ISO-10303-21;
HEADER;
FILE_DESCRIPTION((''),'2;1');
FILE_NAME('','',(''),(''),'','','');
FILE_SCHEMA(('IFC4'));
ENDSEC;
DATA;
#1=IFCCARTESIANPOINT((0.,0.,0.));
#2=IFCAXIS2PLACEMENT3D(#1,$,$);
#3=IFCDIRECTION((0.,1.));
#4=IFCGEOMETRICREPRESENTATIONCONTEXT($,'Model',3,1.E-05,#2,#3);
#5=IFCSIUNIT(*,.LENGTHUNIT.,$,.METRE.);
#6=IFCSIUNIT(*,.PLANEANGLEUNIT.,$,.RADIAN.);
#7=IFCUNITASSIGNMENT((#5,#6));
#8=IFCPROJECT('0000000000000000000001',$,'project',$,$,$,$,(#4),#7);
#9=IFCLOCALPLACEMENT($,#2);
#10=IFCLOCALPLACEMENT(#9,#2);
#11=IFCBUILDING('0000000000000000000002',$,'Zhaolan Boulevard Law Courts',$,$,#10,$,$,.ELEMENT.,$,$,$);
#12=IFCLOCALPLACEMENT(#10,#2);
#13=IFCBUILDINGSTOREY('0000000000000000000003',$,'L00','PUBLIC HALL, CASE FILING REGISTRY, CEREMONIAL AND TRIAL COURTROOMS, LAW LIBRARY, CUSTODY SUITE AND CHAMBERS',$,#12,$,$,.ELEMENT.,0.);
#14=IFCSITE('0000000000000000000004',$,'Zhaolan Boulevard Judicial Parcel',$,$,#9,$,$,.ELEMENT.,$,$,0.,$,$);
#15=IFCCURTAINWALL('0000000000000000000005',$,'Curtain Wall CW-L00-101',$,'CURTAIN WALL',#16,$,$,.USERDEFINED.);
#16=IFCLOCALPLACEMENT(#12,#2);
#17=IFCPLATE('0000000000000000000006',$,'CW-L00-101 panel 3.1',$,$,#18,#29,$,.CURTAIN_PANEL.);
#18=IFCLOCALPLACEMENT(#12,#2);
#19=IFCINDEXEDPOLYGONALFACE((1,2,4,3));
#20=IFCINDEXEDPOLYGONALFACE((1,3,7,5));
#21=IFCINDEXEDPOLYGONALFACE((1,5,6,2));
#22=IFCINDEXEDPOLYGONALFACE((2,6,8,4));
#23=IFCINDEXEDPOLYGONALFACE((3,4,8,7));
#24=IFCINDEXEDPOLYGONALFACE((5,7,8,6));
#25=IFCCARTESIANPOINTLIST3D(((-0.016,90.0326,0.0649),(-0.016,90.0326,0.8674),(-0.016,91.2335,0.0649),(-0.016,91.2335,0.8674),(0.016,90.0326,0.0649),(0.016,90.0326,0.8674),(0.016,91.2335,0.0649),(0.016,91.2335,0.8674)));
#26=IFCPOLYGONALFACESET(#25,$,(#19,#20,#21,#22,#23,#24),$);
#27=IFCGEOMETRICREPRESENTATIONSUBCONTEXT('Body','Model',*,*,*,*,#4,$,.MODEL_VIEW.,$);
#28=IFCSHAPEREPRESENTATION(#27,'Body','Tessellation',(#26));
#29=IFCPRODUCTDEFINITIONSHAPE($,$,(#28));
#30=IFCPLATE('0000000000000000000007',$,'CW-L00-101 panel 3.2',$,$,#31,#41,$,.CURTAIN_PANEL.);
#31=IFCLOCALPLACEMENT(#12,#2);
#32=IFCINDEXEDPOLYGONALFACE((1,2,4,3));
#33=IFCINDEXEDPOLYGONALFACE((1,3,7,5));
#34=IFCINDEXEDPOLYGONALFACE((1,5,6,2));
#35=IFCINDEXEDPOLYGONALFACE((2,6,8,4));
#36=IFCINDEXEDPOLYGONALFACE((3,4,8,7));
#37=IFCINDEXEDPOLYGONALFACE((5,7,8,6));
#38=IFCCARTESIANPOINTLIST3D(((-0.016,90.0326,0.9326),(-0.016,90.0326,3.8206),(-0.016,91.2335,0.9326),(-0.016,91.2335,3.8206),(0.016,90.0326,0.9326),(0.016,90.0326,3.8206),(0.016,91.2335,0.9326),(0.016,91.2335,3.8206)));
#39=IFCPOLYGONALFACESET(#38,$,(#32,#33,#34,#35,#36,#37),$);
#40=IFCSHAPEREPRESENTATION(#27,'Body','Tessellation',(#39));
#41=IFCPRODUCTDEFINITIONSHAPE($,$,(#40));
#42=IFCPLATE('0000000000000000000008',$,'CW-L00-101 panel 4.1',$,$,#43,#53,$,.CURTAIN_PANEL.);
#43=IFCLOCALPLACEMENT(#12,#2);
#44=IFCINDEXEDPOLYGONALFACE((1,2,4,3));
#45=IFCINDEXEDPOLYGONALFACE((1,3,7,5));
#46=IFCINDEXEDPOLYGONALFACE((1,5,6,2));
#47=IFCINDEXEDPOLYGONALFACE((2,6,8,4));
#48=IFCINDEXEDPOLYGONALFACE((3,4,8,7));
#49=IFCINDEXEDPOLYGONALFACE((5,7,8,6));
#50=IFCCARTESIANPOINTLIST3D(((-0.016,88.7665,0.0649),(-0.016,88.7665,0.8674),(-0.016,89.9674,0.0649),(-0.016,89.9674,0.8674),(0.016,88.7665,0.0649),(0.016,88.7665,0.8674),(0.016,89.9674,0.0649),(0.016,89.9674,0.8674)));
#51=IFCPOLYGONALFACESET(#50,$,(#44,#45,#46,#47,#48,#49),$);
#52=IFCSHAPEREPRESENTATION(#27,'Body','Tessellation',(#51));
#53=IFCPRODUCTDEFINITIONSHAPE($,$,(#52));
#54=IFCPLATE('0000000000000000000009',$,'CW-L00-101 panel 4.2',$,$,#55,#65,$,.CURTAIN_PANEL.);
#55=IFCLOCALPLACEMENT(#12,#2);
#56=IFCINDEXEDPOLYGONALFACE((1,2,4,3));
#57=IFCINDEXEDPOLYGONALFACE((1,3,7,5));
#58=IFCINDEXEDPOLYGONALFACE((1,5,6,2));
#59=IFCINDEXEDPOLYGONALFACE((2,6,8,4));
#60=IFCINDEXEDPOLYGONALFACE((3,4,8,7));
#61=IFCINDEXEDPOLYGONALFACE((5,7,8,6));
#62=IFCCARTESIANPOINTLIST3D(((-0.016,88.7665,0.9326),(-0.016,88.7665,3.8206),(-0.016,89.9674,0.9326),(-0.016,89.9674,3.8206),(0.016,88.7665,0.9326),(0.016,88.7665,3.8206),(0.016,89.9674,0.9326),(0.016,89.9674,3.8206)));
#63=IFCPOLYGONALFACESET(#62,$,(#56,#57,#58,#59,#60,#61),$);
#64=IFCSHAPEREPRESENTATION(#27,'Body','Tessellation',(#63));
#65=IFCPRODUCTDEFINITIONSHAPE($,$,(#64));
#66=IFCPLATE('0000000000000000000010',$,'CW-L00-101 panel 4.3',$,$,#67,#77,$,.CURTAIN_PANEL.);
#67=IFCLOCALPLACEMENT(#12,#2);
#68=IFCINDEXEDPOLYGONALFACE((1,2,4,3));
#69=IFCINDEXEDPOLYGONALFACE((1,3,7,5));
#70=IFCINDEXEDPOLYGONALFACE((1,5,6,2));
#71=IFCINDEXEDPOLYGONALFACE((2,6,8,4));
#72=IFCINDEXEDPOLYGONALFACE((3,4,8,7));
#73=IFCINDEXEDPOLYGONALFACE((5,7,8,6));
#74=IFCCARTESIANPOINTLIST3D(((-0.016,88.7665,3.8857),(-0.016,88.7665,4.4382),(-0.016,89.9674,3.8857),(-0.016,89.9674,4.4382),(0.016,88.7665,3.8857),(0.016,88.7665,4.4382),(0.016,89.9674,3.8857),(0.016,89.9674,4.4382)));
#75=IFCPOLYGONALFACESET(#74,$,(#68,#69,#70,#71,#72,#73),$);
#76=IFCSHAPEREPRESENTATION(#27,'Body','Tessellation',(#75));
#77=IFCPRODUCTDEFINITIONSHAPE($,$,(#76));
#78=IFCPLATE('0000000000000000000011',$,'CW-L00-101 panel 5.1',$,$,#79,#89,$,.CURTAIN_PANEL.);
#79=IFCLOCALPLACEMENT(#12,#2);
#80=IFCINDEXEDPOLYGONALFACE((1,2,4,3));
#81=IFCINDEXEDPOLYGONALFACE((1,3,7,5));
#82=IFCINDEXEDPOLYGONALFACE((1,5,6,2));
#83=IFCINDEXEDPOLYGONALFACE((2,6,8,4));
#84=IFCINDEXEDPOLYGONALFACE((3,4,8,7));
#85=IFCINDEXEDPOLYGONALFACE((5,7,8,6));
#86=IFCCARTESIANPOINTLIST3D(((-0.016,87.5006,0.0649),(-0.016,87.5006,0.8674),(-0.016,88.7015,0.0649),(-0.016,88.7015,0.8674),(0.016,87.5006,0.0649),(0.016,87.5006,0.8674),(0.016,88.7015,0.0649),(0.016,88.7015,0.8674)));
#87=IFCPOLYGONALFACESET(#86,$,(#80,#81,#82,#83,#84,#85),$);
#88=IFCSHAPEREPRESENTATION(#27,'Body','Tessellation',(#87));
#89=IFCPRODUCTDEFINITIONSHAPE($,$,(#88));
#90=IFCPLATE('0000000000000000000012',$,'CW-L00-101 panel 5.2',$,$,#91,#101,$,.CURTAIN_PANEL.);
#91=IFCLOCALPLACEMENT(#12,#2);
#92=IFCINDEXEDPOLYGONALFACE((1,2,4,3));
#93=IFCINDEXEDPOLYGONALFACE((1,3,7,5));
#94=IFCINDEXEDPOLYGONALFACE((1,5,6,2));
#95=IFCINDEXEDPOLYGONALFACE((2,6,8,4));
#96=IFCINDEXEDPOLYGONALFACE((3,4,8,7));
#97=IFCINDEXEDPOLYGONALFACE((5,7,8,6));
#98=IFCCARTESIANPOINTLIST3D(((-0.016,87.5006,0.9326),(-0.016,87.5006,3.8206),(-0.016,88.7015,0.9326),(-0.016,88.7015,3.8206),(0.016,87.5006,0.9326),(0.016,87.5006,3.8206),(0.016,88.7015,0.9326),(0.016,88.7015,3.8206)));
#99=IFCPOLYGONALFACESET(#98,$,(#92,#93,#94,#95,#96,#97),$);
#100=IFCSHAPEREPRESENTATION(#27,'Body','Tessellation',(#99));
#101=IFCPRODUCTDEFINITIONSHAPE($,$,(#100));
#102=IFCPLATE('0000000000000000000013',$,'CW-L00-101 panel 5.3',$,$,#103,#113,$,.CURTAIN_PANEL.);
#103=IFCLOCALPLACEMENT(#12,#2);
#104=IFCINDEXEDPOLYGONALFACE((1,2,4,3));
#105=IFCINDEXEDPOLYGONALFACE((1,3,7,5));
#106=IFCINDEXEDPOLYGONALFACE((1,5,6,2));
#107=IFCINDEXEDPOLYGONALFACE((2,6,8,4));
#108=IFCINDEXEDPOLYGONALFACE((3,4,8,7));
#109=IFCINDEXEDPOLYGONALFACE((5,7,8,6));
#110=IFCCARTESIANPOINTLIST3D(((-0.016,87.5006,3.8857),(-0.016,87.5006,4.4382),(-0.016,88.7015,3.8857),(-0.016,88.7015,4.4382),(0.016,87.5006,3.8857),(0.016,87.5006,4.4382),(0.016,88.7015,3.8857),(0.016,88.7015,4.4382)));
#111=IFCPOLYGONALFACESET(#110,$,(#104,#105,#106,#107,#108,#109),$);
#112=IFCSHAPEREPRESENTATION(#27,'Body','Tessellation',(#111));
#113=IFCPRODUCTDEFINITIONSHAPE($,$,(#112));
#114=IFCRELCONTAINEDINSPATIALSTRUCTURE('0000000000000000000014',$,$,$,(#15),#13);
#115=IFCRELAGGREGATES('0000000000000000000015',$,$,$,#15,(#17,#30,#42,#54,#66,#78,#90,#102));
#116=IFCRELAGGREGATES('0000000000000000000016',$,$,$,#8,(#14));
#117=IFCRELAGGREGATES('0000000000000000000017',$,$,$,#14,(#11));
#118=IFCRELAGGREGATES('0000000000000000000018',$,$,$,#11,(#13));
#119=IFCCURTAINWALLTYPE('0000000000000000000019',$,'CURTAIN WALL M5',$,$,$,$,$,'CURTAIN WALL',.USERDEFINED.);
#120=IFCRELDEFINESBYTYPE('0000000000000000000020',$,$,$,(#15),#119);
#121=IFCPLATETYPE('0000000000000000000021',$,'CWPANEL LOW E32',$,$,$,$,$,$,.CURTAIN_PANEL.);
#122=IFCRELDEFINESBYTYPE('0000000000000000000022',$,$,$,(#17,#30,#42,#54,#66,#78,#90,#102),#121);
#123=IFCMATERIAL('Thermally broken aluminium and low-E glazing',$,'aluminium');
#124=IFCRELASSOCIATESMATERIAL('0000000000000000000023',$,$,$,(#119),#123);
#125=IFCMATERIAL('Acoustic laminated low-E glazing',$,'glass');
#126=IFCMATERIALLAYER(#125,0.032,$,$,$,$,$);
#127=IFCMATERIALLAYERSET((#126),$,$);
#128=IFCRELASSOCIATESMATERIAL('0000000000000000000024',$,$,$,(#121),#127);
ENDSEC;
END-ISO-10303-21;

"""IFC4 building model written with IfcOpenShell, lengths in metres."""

from ifc_helpers import new_model, si_unit, direction, frame, origin, origin_2d, place, context, subcontext, project, spatial, rectangle, extrude, material, layer, layer_set, type_object, element, aggregate, save


model = new_model("IFC4")

# Units and contexts
model_context = context("Model", 3, precision=1e-05, world=origin(), true_north=direction((0.0, 1.0)))
body_context = subcontext(model_context, "Body", "Model", "MODEL_VIEW")
ifc_project = project(units=[si_unit("LENGTHUNIT", "METRE"), si_unit("PLANEANGLEUNIT", "RADIAN")], contexts=[model_context])

# Site, building, storey
site_placement = place(None, origin())
site = spatial("IfcSite", under=ifc_project, at=site_placement, Name="Zhaolan Boulevard Judicial Parcel", CompositionType="ELEMENT", RefElevation=0.0)
building_placement = place(site_placement, origin())
building = spatial("IfcBuilding", under=site, at=building_placement, Name="Zhaolan Boulevard Law Courts", CompositionType="ELEMENT")
storey_placement = place(building_placement, origin())
storey = spatial("IfcBuildingStorey", under=building, at=storey_placement, Name="L00", Description="PUBLIC HALL, CASE FILING REGISTRY, CEREMONIAL AND TRIAL COURTROOMS, LAW LIBRARY, CUSTODY SUITE AND CHAMBERS", CompositionType="ELEMENT", Elevation=0.0)

# Curtain wall, plates
ifc_material_1 = material(Name="Thermally broken aluminium and low-E glazing", Category="aluminium")
curtain_wall_type = type_object("IfcCurtainWallType", Name="CURTAIN WALL M5", ElementType="CURTAIN WALL", PredefinedType="USERDEFINED", material=ifc_material_1)
curtain_wall_placement = place(storey_placement, origin())
curtain_wall = element("IfcCurtainWall", 1, at=curtain_wall_placement, inside=storey, type_object=curtain_wall_type, Name="Curtain Wall CW-L00-101", ObjectType="CURTAIN WALL", PredefinedType="USERDEFINED")
ifc_material_2 = material(Name="Acoustic laminated low-E glazing", Category="glass")
ifc_layer = layer(ifc_material_2, 0.032)
ifc_layer_set = layer_set([ifc_layer])
plate_type = type_object("IfcPlateType", Name="CWPANEL LOW E32", PredefinedType="CURTAIN_PANEL", material=ifc_layer_set)
plate_1_placement = place(storey_placement, frame((0.0, 90.6331, 0.0649), z_axis=(0.0, 0.0, 1.0), x_axis=(0.0, -1.0, 0.0)))
plate_1 = element("IfcPlate", 2, at=plate_1_placement, type_object=plate_type, Name="CW-L00-101 panel 3.1", PredefinedType="CURTAIN_PANEL", context=body_context, shape_type="SweptSolid", body=[
    extrude(rectangle(XDim=1.2009, YDim=0.032, at=origin_2d()), origin(), (0.0, 0.0, 1.0), 0.8025),
])
plate_2_placement = place(storey_placement, frame((0.0, 90.6331, 0.9326), z_axis=(0.0, 0.0, 1.0), x_axis=(0.0, -1.0, 0.0)))
plate_2 = element("IfcPlate", 3, at=plate_2_placement, type_object=plate_type, Name="CW-L00-101 panel 3.2", PredefinedType="CURTAIN_PANEL", context=body_context, shape_type="SweptSolid", body=[
    extrude(rectangle(XDim=1.2009, YDim=0.032, at=origin_2d()), origin(), (0.0, 0.0, 1.0), 2.8879),
])
plate_3_placement = place(storey_placement, frame((0.0, 89.3669, 0.0649), z_axis=(0.0, 0.0, 1.0), x_axis=(0.0, -1.0, 0.0)))
plate_3 = element("IfcPlate", 4, at=plate_3_placement, type_object=plate_type, Name="CW-L00-101 panel 4.1", PredefinedType="CURTAIN_PANEL", context=body_context, shape_type="SweptSolid", body=[
    extrude(rectangle(XDim=1.2009, YDim=0.032, at=origin_2d()), origin(), (0.0, 0.0, 1.0), 0.8025),
])
plate_4_placement = place(storey_placement, frame((0.0, 89.3669, 0.9326), z_axis=(0.0, 0.0, 1.0), x_axis=(0.0, -1.0, 0.0)))
plate_4 = element("IfcPlate", 5, at=plate_4_placement, type_object=plate_type, Name="CW-L00-101 panel 4.2", PredefinedType="CURTAIN_PANEL", context=body_context, shape_type="SweptSolid", body=[
    extrude(rectangle(XDim=1.2009, YDim=0.032, at=origin_2d()), origin(), (0.0, 0.0, 1.0), 2.8879),
])
plate_5_placement = place(storey_placement, frame((0.0, 89.3669, 3.8857), z_axis=(0.0, 0.0, 1.0), x_axis=(0.0, -1.0, 0.0)))
plate_5 = element("IfcPlate", 6, at=plate_5_placement, type_object=plate_type, Name="CW-L00-101 panel 4.3", PredefinedType="CURTAIN_PANEL", context=body_context, shape_type="SweptSolid", body=[
    extrude(rectangle(XDim=1.2009, YDim=0.032, at=origin_2d()), origin(), (0.0, 0.0, 1.0), 0.5525),
])
plate_6_placement = place(storey_placement, frame((0.0, 88.1011, 0.0649), z_axis=(0.0, 0.0, 1.0), x_axis=(0.0, -1.0, 0.0)))
plate_6 = element("IfcPlate", 7, at=plate_6_placement, type_object=plate_type, Name="CW-L00-101 panel 5.1", PredefinedType="CURTAIN_PANEL", context=body_context, shape_type="SweptSolid", body=[
    extrude(rectangle(XDim=1.2009, YDim=0.032, at=origin_2d()), origin(), (0.0, 0.0, 1.0), 0.8025),
])
plate_7_placement = place(storey_placement, frame((0.0, 88.1011, 0.9326), z_axis=(0.0, 0.0, 1.0), x_axis=(0.0, -1.0, 0.0)))
plate_7 = element("IfcPlate", 8, at=plate_7_placement, type_object=plate_type, Name="CW-L00-101 panel 5.2", PredefinedType="CURTAIN_PANEL", context=body_context, shape_type="SweptSolid", body=[
    extrude(rectangle(XDim=1.2009, YDim=0.032, at=origin_2d()), origin(), (0.0, 0.0, 1.0), 2.8879),
])
plate_8_placement = place(storey_placement, frame((0.0, 88.1011, 3.8857), z_axis=(0.0, 0.0, 1.0), x_axis=(0.0, -1.0, 0.0)))
plate_8 = element("IfcPlate", 9, at=plate_8_placement, type_object=plate_type, Name="CW-L00-101 panel 5.3", PredefinedType="CURTAIN_PANEL", context=body_context, shape_type="SweptSolid", body=[
    extrude(rectangle(XDim=1.2009, YDim=0.032, at=origin_2d()), origin(), (0.0, 0.0, 1.0), 0.5525),
])
aggregate(curtain_wall, [plate_1, plate_2, plate_3, plate_4, plate_5, plate_6, plate_7, plate_8])

save(model, "model.ifc")
